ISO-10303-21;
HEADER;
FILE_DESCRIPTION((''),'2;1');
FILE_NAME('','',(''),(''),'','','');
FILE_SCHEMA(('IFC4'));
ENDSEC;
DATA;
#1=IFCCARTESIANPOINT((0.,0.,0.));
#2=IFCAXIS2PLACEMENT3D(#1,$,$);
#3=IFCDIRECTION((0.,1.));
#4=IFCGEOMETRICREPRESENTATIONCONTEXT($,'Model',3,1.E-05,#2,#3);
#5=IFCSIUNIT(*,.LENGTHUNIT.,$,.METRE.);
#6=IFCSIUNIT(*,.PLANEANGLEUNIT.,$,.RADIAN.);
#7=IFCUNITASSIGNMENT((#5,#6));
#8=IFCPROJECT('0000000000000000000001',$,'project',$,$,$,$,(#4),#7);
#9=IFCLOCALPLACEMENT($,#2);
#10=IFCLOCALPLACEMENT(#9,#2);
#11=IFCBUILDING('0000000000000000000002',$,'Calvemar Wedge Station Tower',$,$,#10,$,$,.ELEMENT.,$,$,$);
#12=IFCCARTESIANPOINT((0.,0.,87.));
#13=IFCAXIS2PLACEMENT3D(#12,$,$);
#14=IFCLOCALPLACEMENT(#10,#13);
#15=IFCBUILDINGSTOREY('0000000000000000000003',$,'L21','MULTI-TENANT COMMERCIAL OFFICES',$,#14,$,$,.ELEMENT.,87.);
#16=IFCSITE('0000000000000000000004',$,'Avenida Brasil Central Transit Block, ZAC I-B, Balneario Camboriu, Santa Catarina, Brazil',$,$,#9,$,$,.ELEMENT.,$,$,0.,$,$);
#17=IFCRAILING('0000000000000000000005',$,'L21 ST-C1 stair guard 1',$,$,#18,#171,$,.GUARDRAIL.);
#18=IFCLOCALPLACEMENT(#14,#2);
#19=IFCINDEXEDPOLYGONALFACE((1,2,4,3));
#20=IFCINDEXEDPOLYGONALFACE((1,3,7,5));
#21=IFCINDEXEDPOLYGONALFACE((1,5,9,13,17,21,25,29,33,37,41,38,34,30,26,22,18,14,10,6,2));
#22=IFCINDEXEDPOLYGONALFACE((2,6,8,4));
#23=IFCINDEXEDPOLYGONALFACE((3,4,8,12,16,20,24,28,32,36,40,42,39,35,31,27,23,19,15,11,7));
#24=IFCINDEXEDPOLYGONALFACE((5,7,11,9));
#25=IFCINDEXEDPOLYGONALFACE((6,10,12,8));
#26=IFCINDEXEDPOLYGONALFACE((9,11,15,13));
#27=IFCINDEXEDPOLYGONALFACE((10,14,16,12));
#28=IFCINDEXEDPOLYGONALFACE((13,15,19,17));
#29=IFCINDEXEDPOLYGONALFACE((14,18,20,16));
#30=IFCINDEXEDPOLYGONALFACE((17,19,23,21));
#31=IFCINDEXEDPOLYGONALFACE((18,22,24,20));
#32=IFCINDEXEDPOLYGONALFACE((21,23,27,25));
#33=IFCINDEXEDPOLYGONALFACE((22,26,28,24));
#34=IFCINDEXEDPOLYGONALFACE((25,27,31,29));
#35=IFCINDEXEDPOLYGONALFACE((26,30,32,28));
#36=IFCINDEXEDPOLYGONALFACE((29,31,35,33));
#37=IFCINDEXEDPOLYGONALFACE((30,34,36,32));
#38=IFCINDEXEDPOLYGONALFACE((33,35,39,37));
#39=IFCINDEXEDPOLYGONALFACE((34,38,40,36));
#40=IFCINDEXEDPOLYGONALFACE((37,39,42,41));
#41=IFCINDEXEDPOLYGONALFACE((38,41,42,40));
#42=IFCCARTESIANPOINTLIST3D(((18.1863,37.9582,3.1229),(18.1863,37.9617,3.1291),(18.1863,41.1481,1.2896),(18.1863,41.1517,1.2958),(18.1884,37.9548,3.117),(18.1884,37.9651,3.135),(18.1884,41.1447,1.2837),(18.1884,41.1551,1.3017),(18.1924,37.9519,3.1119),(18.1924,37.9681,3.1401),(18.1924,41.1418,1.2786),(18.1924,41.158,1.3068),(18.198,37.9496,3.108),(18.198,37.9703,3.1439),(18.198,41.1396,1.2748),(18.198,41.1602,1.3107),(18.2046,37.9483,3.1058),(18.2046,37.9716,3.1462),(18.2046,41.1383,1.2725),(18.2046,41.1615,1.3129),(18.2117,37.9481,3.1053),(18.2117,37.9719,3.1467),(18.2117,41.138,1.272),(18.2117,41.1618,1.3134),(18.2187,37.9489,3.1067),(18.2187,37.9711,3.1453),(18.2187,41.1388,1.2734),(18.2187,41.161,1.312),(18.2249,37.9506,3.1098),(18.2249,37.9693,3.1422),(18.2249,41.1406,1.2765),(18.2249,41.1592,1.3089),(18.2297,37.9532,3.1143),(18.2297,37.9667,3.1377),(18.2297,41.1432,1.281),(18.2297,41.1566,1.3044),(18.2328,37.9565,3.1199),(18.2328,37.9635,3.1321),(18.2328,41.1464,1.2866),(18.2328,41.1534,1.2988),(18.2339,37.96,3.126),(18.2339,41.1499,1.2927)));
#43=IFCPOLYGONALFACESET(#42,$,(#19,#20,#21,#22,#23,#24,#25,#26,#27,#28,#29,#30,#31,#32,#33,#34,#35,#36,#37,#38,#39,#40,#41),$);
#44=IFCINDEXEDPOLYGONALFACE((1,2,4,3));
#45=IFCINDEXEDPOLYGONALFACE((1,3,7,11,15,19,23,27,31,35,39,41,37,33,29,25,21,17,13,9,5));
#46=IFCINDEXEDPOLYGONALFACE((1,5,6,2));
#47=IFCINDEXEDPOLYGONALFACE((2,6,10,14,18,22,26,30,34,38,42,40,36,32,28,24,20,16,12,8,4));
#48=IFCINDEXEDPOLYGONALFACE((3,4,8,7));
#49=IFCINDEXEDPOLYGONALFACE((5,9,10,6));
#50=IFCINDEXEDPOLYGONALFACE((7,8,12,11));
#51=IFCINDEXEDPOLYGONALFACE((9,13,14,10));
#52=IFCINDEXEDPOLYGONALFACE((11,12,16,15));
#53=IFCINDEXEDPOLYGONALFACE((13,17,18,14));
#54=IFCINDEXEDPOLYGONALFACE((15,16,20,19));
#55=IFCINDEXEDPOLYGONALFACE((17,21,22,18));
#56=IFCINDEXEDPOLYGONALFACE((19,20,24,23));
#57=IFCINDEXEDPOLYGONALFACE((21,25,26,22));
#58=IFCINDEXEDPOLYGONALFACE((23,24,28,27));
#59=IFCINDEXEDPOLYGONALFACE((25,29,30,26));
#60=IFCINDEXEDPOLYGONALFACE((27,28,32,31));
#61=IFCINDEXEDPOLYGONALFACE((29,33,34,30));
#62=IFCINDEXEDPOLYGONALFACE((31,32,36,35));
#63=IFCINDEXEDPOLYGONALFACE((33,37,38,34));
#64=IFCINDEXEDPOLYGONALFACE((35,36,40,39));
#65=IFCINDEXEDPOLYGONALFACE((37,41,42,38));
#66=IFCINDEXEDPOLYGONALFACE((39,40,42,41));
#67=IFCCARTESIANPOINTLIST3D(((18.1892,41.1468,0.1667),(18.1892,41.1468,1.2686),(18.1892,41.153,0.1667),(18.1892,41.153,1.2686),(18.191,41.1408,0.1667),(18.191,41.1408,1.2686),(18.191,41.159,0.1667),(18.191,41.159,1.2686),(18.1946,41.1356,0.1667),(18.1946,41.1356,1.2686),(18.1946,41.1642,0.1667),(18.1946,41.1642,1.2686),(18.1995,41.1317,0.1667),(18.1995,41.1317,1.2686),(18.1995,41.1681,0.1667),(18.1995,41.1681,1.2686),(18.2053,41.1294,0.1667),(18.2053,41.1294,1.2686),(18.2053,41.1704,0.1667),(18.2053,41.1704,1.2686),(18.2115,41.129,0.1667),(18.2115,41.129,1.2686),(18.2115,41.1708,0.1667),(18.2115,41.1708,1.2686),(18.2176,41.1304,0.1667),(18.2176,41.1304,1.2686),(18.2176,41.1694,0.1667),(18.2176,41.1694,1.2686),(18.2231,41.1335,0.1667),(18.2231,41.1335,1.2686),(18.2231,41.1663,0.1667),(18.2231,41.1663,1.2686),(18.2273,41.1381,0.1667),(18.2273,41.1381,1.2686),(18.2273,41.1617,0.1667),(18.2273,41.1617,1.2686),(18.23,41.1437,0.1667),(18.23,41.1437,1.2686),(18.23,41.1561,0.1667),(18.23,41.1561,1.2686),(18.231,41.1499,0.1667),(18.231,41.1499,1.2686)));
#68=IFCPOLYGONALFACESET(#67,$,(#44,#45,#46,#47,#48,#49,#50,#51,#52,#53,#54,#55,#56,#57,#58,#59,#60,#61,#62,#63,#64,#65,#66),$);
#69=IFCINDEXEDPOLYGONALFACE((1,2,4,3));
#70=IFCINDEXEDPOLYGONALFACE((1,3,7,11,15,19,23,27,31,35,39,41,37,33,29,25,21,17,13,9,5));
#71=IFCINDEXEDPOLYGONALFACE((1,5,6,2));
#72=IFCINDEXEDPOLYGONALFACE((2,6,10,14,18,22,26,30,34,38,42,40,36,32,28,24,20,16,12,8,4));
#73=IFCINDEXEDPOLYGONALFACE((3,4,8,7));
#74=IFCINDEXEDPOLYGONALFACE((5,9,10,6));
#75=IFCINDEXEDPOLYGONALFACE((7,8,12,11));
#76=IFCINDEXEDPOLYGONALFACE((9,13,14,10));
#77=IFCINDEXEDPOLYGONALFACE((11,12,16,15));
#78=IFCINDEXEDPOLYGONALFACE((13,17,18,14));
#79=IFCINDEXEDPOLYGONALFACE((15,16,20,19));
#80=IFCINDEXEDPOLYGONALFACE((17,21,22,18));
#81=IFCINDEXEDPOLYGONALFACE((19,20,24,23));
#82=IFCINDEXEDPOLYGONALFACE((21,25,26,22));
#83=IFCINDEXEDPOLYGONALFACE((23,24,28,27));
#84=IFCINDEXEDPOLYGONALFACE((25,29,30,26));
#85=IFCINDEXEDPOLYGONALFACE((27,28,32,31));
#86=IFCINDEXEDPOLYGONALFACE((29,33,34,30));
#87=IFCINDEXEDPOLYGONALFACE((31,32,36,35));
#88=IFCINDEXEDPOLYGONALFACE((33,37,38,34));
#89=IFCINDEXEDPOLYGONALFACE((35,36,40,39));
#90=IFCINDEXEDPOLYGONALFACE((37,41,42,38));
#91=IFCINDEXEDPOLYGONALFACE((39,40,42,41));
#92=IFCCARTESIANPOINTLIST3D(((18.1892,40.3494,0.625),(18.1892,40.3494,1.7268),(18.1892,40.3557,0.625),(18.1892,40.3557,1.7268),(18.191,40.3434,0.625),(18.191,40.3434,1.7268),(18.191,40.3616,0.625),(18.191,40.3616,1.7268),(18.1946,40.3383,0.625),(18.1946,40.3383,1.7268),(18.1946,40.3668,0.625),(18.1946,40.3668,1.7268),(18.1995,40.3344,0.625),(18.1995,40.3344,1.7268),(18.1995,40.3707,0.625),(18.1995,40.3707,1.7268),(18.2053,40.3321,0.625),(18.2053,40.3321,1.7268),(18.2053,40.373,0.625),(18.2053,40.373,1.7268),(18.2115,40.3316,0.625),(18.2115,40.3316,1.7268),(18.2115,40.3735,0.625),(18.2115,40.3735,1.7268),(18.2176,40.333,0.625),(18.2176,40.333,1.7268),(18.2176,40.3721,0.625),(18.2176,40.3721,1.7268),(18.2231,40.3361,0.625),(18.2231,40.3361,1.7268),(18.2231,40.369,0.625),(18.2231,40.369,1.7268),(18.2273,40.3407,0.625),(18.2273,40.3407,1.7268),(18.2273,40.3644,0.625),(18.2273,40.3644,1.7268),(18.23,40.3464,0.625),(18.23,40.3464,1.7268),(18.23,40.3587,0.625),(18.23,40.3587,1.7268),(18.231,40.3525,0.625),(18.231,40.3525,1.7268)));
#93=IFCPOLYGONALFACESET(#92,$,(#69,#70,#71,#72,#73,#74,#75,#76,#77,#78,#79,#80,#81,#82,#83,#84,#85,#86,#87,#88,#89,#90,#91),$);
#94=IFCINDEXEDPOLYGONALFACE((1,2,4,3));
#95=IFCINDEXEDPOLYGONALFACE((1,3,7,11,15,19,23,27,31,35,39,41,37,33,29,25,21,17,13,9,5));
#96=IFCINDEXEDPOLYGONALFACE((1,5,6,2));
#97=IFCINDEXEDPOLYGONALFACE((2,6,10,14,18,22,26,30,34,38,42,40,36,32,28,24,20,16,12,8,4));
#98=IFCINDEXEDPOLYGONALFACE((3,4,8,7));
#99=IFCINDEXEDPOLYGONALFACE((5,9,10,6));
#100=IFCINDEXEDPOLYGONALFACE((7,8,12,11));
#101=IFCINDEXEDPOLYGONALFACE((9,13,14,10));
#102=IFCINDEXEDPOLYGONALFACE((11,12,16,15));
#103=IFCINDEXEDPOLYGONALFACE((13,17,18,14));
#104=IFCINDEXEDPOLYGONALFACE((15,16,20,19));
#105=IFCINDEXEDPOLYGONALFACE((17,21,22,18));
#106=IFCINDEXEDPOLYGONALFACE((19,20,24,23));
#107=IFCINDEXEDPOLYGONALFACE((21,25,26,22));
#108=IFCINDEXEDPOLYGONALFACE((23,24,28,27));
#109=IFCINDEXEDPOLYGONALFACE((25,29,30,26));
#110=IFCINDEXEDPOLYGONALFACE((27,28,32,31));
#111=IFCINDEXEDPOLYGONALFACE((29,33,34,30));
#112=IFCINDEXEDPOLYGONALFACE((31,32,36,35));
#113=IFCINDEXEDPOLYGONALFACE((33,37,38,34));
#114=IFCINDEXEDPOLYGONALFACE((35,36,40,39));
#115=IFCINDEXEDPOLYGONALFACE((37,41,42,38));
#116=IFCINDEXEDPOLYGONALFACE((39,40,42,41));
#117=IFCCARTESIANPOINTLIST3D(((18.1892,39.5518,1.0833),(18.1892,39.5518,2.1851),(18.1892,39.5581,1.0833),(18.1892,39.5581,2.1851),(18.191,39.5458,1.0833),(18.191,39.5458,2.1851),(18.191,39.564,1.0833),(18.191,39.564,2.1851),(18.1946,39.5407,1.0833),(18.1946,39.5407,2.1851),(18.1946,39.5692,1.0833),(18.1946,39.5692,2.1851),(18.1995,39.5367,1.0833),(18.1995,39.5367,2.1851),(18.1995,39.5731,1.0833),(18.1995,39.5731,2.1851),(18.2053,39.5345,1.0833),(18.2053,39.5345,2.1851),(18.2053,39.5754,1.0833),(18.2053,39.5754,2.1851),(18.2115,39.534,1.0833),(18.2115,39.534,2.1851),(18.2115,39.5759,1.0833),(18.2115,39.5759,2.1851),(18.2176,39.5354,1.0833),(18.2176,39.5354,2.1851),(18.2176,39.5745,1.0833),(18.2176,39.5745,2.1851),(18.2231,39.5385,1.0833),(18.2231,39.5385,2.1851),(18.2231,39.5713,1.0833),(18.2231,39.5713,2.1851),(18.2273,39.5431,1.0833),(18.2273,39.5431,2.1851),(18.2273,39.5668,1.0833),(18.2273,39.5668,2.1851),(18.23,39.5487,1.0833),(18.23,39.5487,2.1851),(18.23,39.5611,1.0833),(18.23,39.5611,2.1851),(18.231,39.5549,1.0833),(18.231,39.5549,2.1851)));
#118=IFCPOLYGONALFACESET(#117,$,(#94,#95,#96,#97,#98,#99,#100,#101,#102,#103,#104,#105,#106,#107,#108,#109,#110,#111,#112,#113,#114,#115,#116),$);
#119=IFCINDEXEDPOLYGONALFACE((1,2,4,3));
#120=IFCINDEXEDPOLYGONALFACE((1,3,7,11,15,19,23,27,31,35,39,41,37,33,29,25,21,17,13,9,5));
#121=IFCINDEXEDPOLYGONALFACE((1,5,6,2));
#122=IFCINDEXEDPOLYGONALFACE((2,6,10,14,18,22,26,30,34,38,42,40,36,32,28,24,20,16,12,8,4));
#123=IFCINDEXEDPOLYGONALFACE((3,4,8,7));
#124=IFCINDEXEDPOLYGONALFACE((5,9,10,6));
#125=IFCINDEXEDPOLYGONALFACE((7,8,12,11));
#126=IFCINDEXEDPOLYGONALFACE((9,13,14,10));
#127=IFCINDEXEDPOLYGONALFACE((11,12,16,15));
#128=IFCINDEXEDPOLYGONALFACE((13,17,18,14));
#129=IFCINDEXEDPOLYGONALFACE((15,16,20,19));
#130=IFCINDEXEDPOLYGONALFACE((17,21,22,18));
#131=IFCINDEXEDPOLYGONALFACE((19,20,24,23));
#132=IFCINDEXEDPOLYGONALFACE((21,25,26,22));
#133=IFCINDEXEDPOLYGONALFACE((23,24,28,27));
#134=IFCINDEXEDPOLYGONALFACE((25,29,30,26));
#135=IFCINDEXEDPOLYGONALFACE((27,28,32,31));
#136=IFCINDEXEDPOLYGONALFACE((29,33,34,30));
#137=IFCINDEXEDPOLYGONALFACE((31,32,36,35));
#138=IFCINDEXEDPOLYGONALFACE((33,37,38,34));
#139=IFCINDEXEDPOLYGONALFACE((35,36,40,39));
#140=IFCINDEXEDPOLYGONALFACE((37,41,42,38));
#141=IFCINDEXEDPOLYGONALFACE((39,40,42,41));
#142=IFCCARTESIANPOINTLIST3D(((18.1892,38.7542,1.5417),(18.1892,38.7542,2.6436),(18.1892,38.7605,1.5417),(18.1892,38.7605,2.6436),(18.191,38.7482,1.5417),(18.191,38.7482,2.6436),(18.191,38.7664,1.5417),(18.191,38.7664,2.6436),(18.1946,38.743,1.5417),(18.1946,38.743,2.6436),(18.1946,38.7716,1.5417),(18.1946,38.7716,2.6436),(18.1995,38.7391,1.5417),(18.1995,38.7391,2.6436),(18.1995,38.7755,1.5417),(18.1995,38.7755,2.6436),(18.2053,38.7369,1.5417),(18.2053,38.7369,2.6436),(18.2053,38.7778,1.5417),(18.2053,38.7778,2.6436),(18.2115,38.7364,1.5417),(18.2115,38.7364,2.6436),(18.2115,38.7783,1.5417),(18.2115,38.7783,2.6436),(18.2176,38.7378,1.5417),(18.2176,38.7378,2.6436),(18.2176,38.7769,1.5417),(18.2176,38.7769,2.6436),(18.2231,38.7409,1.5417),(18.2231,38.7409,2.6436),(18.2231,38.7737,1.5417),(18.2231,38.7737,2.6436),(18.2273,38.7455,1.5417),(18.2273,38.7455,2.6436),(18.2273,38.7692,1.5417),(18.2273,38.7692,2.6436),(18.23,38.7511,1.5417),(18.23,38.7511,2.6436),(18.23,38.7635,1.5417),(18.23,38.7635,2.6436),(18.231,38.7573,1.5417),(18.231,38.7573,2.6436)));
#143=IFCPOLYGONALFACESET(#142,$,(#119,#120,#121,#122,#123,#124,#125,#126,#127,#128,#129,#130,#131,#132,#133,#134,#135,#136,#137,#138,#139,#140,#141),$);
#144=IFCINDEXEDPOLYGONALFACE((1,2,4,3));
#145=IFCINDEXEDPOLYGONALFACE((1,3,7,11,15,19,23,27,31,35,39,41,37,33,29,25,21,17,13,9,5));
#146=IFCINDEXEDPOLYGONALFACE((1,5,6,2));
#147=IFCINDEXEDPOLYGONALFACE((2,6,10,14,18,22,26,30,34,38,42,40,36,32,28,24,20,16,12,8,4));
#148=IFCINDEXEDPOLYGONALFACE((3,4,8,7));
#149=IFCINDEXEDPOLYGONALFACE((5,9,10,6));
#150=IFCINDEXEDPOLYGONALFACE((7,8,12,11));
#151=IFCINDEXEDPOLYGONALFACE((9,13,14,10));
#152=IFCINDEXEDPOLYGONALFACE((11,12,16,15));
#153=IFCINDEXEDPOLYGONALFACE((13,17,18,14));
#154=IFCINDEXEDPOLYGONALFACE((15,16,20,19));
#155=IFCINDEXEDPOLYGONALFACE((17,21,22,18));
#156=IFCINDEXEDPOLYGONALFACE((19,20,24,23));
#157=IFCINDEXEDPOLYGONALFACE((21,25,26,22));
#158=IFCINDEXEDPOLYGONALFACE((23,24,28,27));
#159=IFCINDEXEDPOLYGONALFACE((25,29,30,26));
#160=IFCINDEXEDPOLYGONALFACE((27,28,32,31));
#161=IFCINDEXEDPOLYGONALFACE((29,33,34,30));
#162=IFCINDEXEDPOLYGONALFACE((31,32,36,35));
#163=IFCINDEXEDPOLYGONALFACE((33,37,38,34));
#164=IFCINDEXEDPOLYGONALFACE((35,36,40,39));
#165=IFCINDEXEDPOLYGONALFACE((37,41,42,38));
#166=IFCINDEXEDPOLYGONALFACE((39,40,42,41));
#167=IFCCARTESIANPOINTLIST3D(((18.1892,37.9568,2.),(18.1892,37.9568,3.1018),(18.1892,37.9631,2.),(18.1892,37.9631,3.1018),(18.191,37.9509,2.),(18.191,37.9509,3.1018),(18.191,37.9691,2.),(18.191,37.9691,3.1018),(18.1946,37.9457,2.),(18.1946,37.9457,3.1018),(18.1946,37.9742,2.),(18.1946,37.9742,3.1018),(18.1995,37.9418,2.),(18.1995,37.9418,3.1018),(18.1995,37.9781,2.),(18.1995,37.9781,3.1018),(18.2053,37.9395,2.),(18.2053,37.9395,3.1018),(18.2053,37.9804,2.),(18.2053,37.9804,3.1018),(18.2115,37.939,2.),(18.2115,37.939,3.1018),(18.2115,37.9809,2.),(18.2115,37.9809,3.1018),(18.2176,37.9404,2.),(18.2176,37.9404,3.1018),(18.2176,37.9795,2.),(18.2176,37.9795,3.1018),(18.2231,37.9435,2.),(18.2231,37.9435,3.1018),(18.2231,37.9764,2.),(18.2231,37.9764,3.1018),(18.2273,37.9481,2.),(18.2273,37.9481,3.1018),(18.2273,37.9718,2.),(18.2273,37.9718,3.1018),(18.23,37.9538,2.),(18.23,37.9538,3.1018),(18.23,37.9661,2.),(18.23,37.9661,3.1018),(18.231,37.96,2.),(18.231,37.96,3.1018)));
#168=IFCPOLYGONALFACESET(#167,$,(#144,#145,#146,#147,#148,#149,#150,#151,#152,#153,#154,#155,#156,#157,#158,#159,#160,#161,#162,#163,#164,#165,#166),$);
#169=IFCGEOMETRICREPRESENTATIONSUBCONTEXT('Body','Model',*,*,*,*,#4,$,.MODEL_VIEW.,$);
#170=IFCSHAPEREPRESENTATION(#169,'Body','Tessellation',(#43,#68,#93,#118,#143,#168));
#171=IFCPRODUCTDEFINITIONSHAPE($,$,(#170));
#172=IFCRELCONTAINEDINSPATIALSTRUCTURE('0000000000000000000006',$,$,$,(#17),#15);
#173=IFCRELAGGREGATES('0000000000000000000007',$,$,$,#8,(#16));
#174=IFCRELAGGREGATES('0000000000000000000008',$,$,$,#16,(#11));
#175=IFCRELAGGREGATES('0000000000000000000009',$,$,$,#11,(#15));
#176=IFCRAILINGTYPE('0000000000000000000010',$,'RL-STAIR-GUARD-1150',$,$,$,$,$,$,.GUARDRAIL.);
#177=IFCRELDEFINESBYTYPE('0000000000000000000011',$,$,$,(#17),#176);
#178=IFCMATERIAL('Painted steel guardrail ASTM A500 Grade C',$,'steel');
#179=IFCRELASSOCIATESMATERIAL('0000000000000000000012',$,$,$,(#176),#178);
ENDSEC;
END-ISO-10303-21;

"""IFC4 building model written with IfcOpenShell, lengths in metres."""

from ifc_helpers import new_model, si_unit, direction, frame, origin, origin_2d, place, context, subcontext, project, spatial, circle, extrude, material, type_object, element, save


model = new_model("IFC4")

# Units and contexts
model_context = context("Model", 3, precision=1e-05, world=origin(), true_north=direction((0.0, 1.0)))
body_context = subcontext(model_context, "Body", "Model", "MODEL_VIEW")
ifc_project = project(units=[si_unit("LENGTHUNIT", "METRE"), si_unit("PLANEANGLEUNIT", "RADIAN")], contexts=[model_context])

# Site, building, storey
site_placement = place(None, origin())
site = spatial("IfcSite", under=ifc_project, at=site_placement, Name="Avenida Brasil Central Transit Block, ZAC I-B, Balneario Camboriu, Santa Catarina, Brazil", CompositionType="ELEMENT", RefElevation=0.0)
building_placement = place(site_placement, origin())
building = spatial("IfcBuilding", under=site, at=building_placement, Name="Calvemar Wedge Station Tower", CompositionType="ELEMENT")
storey_placement = place(building_placement, frame((0.0, 0.0, 87.0)))
storey = spatial("IfcBuildingStorey", under=building, at=storey_placement, Name="L21", Description="MULTI-TENANT COMMERCIAL OFFICES", CompositionType="ELEMENT", Elevation=87.0)

# Railing
ifc_material_1 = material(Name="Painted steel guardrail ASTM A500 Grade C", Category="steel")
railing_type = type_object("IfcRailingType", Name="RL-STAIR-GUARD-1150", PredefinedType="GUARDRAIL", material=ifc_material_1)
railing_1_placement = place(storey_placement, frame((18.21, 41.1499, 0.1667)))
element("IfcRailing", 1, at=railing_1_placement, inside=storey, type_object=railing_type, Name="L21 ST-C1 stair guard 1", PredefinedType="GUARDRAIL", context=body_context, shape_type="SweptSolid", body=[
    extrude(circle(Radius=0.0239, at=origin_2d()), frame((0.0, 0.0, 1.126), z_axis=(0.0, -0.86702, 0.498274), x_axis=(1.0, 0.0, 0.0)), (0.0, 0.0, 1.0), 3.6792),
    extrude(circle(Radius=0.021, at=origin_2d()), origin(), (0.0, 0.0, 1.0), 1.1018),
    extrude(circle(Radius=0.021, at=origin_2d()), frame((0.0, -0.7974, 0.4583)), (0.0, 0.0, 1.0), 1.1018),
    extrude(circle(Radius=0.021, at=origin_2d()), frame((0.0, -1.595, 0.9165)), (0.0, 0.0, 1.0), 1.1018),
    extrude(circle(Radius=0.021, at=origin_2d()), frame((0.0, -2.3926, 1.375)), (0.0, 0.0, 1.0), 1.1018),
    extrude(circle(Radius=0.021, at=origin_2d()), frame((0.0, -3.1899, 1.8333)), (0.0, 0.0, 1.0), 1.1018),
])

save(model, "model.ifc")
